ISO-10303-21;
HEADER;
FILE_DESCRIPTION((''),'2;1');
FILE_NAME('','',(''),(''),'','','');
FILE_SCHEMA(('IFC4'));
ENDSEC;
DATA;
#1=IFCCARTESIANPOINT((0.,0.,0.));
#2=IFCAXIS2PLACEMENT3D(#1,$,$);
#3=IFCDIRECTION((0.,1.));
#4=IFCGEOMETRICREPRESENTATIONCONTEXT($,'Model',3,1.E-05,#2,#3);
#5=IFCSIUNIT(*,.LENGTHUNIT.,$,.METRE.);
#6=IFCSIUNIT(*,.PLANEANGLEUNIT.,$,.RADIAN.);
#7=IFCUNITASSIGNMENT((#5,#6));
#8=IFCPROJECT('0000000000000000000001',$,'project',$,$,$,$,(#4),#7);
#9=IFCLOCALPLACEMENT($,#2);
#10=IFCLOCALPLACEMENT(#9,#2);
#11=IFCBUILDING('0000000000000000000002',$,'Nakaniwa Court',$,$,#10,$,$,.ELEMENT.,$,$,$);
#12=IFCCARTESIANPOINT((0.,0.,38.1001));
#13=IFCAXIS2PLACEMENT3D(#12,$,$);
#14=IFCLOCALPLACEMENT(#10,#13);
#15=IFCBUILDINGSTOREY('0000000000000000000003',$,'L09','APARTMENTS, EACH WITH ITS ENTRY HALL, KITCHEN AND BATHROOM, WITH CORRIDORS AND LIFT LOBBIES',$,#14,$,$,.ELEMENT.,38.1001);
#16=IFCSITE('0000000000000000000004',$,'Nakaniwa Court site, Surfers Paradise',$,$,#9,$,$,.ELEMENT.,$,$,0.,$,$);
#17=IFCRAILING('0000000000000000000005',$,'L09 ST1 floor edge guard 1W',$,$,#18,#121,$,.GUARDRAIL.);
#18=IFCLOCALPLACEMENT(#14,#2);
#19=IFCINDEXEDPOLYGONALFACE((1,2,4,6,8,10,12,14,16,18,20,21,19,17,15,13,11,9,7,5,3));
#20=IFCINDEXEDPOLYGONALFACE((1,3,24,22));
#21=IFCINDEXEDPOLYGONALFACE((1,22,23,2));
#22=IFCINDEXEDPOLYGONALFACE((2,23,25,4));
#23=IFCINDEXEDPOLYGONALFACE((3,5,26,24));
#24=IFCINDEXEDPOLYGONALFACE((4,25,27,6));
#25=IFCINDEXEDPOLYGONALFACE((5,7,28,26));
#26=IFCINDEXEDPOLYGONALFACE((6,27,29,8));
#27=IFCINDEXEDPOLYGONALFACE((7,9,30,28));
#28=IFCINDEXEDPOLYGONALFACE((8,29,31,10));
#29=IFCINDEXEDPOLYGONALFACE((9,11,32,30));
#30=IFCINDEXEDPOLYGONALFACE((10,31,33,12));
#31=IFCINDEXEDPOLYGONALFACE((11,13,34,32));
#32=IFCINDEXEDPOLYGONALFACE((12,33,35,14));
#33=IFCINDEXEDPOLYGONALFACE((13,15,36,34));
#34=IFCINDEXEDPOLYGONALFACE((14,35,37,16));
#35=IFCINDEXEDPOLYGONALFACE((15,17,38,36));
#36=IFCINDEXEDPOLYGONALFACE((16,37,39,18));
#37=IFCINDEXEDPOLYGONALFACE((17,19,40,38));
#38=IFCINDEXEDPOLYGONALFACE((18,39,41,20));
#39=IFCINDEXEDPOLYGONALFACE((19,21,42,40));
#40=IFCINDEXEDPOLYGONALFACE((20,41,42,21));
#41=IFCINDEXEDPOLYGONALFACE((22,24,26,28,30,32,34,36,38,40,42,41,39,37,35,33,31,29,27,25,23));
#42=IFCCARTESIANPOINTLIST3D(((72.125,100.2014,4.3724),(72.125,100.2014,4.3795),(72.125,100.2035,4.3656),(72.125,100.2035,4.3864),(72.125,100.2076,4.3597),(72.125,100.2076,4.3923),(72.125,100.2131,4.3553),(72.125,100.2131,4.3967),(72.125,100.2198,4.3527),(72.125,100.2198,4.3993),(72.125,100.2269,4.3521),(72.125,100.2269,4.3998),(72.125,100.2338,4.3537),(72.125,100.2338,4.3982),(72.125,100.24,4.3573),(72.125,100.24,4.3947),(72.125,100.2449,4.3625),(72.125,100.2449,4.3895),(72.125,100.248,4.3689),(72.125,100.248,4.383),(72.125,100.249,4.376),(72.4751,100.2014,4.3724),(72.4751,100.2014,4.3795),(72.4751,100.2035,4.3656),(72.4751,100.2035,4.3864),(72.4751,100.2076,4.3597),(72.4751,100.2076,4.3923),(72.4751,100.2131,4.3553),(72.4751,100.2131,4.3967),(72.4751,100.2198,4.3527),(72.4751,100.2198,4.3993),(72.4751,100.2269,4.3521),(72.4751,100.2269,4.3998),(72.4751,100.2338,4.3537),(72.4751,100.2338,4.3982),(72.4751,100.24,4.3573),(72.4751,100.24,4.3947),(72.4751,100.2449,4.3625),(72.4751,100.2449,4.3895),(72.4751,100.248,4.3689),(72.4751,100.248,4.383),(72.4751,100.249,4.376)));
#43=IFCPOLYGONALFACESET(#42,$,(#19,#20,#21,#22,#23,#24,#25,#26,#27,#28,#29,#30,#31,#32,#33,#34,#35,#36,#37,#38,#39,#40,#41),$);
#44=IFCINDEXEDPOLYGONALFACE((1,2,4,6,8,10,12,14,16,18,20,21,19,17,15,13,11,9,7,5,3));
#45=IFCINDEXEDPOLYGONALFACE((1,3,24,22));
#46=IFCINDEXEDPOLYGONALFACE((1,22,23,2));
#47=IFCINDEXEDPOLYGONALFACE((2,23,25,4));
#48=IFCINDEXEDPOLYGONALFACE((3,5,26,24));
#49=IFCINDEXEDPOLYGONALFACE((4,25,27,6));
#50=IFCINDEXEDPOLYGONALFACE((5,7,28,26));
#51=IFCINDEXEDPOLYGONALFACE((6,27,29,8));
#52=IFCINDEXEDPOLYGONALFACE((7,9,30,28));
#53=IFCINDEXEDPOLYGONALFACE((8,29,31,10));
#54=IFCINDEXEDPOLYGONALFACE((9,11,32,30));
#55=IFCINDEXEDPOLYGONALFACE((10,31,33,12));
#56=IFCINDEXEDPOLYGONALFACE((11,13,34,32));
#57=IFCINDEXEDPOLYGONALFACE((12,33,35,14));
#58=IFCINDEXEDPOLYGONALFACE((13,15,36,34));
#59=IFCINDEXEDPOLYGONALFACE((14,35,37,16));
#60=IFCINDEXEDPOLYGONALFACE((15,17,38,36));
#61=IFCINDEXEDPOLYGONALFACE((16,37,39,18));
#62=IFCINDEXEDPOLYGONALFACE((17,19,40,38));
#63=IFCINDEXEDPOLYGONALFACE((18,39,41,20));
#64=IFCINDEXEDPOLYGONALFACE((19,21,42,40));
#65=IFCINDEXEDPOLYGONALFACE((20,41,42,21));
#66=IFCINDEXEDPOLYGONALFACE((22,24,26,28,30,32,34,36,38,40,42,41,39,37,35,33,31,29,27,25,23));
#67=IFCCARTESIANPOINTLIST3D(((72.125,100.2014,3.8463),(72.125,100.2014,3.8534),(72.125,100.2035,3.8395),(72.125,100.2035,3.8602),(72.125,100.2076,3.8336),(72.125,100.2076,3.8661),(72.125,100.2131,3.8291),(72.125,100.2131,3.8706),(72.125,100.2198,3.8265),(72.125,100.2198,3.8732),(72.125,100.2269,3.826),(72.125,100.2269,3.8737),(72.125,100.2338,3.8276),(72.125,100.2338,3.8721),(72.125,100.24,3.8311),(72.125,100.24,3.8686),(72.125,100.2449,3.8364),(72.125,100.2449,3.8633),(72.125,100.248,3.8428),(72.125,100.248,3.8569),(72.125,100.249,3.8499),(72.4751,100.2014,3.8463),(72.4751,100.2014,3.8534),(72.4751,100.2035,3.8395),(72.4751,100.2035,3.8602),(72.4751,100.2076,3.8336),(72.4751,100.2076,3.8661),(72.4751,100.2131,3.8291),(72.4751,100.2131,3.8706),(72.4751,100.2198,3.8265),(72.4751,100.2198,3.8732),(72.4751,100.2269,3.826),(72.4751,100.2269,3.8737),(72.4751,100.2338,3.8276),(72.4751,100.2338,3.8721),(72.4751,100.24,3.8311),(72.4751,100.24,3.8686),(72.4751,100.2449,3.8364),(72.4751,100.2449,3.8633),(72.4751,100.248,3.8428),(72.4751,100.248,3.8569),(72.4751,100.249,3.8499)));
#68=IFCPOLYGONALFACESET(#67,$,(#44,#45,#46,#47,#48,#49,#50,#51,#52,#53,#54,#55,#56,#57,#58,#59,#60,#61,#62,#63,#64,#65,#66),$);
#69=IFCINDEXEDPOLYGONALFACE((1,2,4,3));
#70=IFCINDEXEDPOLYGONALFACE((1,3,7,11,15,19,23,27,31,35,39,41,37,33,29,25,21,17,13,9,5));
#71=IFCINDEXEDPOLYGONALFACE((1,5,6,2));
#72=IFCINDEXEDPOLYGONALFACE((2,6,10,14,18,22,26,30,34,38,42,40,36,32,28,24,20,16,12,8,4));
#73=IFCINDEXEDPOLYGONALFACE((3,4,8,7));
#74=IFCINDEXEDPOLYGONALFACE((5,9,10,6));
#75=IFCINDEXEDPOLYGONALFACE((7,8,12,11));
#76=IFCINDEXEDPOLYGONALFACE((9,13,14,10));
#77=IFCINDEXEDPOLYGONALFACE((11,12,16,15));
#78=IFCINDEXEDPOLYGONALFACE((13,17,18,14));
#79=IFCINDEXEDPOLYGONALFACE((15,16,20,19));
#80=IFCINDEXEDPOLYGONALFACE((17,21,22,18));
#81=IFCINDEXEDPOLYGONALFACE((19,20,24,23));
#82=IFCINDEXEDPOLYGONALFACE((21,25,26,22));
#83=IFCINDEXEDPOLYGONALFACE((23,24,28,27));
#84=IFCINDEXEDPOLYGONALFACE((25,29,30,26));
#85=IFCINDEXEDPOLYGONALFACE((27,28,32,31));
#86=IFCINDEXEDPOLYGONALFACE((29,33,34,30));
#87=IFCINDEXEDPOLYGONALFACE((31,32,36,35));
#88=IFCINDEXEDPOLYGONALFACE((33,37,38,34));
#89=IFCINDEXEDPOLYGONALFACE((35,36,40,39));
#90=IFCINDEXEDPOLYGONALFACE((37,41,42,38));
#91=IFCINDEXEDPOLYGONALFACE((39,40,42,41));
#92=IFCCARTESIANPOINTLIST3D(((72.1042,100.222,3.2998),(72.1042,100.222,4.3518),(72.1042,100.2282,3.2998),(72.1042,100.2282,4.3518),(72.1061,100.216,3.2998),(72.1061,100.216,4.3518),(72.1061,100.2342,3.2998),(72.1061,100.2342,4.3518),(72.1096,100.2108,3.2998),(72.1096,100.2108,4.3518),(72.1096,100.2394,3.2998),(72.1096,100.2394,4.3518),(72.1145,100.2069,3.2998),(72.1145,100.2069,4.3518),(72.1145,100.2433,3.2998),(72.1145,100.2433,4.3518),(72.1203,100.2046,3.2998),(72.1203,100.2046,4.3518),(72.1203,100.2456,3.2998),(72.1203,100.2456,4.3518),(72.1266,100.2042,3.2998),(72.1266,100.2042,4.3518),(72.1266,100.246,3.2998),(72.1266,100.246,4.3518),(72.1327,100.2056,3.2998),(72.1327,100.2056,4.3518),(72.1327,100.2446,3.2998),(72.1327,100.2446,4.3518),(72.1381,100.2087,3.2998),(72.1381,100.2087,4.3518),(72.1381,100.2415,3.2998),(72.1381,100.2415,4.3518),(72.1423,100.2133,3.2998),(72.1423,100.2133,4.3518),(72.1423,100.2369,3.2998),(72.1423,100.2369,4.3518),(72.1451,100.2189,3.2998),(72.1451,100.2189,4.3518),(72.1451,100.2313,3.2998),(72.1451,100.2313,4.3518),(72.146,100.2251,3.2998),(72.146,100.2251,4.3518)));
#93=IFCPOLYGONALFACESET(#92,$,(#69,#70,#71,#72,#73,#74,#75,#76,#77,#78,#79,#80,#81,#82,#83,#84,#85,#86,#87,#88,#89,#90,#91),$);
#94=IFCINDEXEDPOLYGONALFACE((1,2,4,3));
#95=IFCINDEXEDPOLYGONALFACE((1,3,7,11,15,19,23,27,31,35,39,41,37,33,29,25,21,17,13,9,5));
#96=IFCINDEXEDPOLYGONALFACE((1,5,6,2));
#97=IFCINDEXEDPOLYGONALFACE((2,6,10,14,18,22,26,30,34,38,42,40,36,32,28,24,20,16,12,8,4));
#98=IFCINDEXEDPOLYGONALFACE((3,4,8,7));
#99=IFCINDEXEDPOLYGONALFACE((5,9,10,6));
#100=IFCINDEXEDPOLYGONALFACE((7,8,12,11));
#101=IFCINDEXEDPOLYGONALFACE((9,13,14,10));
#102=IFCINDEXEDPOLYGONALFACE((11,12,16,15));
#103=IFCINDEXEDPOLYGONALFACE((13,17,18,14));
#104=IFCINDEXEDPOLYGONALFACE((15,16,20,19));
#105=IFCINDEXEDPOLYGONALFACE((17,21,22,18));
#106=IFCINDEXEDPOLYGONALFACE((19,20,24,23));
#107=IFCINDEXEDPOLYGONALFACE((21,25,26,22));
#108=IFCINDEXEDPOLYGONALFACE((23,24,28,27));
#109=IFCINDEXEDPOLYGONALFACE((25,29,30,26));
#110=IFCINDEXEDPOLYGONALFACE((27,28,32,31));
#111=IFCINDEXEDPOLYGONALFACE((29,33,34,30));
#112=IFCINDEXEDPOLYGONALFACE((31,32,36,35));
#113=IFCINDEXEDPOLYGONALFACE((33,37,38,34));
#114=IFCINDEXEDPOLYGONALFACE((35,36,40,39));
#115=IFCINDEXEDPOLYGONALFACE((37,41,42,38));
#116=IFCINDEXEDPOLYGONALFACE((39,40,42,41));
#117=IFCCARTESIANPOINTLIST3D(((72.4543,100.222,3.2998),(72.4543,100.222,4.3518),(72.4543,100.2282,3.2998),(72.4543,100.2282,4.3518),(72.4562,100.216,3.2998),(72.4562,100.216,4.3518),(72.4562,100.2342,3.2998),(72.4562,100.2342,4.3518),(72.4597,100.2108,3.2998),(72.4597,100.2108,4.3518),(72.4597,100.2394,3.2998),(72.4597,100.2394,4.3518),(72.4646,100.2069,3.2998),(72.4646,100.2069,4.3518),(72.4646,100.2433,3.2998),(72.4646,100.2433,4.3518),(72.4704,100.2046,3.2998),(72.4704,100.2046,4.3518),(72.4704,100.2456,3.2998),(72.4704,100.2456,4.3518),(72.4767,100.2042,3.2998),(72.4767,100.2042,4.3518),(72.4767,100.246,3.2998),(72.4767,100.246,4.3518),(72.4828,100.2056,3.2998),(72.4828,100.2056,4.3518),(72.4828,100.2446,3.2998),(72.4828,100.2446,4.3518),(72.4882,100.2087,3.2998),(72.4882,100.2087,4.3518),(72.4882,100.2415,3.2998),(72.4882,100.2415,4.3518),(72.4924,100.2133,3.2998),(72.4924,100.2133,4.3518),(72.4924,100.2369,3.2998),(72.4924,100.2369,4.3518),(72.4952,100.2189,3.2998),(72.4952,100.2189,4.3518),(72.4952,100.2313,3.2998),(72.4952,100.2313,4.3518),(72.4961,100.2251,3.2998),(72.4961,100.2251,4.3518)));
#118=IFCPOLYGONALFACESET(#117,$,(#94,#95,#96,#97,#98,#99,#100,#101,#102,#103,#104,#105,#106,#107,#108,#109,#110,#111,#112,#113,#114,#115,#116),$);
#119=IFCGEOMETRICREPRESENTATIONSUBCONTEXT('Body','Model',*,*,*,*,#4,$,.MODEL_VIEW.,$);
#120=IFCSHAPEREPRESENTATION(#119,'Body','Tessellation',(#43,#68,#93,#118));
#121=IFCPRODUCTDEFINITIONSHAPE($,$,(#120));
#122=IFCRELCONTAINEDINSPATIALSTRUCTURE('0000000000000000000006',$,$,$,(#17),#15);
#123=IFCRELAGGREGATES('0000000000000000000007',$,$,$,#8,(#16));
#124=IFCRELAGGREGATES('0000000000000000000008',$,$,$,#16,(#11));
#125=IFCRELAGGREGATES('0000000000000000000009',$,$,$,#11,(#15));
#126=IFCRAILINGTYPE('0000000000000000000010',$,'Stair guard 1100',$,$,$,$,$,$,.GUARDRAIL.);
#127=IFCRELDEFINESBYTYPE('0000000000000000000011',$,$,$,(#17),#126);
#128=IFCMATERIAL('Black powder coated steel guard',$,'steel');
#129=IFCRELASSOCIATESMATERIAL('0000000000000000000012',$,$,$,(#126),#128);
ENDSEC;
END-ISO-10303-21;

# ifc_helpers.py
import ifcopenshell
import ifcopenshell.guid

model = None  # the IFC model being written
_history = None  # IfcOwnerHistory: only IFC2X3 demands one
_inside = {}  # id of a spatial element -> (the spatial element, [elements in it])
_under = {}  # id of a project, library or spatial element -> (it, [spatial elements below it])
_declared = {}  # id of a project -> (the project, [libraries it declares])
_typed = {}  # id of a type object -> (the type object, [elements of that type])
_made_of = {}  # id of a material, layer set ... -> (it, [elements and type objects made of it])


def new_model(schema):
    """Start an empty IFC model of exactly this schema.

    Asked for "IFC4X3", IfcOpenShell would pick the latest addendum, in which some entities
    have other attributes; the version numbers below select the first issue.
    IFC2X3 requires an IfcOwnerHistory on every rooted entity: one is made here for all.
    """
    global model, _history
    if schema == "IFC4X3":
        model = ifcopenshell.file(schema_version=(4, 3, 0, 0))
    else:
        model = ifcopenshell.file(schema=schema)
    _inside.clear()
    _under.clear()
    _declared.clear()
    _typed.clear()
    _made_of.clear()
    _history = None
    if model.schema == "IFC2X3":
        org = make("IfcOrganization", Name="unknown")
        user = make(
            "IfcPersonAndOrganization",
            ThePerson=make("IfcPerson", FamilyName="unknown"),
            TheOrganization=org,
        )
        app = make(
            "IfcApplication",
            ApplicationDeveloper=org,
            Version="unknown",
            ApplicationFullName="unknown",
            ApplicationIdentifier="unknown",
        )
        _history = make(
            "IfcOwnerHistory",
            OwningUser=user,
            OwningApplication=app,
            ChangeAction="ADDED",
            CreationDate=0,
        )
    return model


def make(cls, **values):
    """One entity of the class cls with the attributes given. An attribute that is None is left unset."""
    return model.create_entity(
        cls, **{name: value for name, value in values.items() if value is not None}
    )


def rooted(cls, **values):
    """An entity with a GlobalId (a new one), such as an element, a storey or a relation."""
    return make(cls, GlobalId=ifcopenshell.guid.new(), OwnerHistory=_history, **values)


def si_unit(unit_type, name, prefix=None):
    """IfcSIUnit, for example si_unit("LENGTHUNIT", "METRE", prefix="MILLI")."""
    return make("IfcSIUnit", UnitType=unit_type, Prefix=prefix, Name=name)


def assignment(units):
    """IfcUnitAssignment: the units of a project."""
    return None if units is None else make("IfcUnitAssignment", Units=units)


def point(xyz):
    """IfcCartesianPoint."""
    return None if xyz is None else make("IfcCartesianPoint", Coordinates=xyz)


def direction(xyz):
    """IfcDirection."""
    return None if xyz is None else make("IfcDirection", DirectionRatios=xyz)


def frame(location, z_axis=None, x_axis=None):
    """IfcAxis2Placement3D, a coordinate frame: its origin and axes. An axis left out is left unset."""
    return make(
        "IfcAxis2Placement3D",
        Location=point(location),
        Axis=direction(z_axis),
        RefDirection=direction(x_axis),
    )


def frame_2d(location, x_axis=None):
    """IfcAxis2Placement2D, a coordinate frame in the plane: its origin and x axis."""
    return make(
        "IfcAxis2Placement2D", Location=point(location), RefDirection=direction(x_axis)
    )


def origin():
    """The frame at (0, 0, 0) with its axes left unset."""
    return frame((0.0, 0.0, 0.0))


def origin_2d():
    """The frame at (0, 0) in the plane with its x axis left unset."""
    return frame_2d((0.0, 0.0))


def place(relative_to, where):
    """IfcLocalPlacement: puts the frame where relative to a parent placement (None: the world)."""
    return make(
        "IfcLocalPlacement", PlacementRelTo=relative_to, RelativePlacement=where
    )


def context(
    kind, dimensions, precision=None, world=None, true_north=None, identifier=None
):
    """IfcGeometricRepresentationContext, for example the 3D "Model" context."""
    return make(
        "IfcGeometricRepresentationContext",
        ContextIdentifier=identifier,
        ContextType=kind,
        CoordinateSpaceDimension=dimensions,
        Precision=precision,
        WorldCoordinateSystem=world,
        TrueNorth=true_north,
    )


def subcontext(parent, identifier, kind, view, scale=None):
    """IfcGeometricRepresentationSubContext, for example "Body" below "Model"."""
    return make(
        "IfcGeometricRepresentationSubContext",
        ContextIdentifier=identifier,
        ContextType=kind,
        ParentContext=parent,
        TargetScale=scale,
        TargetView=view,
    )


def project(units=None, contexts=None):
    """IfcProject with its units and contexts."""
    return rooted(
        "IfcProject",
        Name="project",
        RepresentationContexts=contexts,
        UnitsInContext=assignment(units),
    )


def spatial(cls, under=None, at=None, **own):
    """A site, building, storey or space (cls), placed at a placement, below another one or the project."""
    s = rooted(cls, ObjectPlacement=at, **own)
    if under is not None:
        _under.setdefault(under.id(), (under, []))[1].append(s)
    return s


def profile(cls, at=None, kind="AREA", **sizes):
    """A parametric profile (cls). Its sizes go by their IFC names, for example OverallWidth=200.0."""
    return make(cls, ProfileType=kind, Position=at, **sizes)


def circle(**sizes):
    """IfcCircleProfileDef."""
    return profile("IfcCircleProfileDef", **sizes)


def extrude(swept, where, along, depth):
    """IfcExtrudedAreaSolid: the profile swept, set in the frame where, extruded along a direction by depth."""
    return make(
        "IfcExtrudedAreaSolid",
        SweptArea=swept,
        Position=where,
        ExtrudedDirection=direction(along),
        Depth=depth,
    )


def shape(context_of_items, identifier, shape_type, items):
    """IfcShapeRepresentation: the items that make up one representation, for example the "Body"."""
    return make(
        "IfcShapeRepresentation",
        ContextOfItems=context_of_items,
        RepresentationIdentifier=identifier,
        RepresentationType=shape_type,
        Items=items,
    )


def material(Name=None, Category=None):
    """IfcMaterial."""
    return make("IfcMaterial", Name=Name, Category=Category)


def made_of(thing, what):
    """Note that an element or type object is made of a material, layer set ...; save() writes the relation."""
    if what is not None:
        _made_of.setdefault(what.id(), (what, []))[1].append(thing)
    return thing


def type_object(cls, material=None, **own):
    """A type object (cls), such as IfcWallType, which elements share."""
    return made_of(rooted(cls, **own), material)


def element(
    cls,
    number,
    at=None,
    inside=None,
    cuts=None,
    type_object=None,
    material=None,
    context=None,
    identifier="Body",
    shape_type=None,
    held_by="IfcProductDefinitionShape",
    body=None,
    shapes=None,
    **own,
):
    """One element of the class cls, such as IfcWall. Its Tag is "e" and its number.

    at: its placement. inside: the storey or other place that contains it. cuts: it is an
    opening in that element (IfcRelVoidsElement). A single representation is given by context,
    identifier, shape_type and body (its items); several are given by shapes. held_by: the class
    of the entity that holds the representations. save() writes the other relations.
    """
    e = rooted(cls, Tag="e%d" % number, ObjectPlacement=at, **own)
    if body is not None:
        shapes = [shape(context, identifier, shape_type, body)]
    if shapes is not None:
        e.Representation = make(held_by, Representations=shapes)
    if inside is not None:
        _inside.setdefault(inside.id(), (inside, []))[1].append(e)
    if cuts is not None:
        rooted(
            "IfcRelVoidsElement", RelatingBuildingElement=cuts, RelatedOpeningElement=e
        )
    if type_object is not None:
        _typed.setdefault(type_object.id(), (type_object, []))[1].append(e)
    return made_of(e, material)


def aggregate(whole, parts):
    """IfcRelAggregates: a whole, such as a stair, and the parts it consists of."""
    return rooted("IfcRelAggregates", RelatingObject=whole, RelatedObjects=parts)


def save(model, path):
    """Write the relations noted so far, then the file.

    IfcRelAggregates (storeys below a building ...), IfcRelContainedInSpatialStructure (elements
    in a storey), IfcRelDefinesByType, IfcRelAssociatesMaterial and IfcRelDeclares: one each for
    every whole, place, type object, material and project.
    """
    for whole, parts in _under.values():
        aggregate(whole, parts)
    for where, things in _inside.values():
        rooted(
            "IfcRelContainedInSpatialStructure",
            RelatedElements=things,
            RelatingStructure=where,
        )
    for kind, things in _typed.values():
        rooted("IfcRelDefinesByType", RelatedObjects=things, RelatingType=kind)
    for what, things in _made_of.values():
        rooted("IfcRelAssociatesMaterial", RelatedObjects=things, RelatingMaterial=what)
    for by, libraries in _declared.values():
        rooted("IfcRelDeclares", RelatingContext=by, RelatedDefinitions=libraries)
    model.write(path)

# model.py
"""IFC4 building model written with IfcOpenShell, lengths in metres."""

from ifc_helpers import new_model, si_unit, direction, frame, origin, origin_2d, place, context, subcontext, project, spatial, circle, extrude, material, type_object, element, save


model = new_model("IFC4")

# Units and contexts
model_context = context("Model", 3, precision=1e-05, world=origin(), true_north=direction((0.0, 1.0)))
body_context = subcontext(model_context, "Body", "Model", "MODEL_VIEW")
ifc_project = project(units=[si_unit("LENGTHUNIT", "METRE"), si_unit("PLANEANGLEUNIT", "RADIAN")], contexts=[model_context])

# Site, building, storey
site_placement = place(None, origin())
site = spatial("IfcSite", under=ifc_project, at=site_placement, Name="Nakaniwa Court site, Surfers Paradise", CompositionType="ELEMENT", RefElevation=0.0)
building_placement = place(site_placement, origin())
building = spatial("IfcBuilding", under=site, at=building_placement, Name="Nakaniwa Court", CompositionType="ELEMENT")
storey_placement = place(building_placement, frame((0.0, 0.0, 38.1001)))
storey = spatial("IfcBuildingStorey", under=building, at=storey_placement, Name="L09", Description="APARTMENTS, EACH WITH ITS ENTRY HALL, KITCHEN AND BATHROOM, WITH CORRIDORS AND LIFT LOBBIES", CompositionType="ELEMENT", Elevation=38.1001)

# Railing
ifc_material_1 = material(Name="Black powder coated steel guard", Category="steel")
railing_type_1 = type_object("IfcRailingType", Name="Stair guard 1100", PredefinedType="GUARDRAIL", material=ifc_material_1)
for number, where, name in (
    (1, (72.125, 100.2251, 3.2998), "L09 ST1 floor edge guard 1W"),
):
    element("IfcRailing", number, at=place(storey_placement, frame(where)), inside=storey, type_object=railing_type_1, Name=name, PredefinedType="GUARDRAIL", context=body_context, shape_type="SweptSolid", body=[
        extrude(circle(Radius=0.0239, at=origin_2d()), frame((0.0, 0.0, 1.0762), z_axis=(1.0, 0.0, 0.0), x_axis=(0.0, 1.0, 0.0)), (0.0, 0.0, 1.0), 0.3501),
        extrude(circle(Radius=0.0239, at=origin_2d()), frame((0.0, 0.0, 0.55), z_axis=(1.0, 0.0, 0.0), x_axis=(0.0, 1.0, 0.0)), (0.0, 0.0, 1.0), 0.3501),
        extrude(circle(Radius=0.021, at=origin_2d()), origin(), (0.0, 0.0, 1.0), 1.052),
        extrude(circle(Radius=0.021, at=origin_2d()), frame((0.3501, 0.0, 0.0)), (0.0, 0.0, 1.0), 1.052),
    ])

save(model, "model.ifc")
